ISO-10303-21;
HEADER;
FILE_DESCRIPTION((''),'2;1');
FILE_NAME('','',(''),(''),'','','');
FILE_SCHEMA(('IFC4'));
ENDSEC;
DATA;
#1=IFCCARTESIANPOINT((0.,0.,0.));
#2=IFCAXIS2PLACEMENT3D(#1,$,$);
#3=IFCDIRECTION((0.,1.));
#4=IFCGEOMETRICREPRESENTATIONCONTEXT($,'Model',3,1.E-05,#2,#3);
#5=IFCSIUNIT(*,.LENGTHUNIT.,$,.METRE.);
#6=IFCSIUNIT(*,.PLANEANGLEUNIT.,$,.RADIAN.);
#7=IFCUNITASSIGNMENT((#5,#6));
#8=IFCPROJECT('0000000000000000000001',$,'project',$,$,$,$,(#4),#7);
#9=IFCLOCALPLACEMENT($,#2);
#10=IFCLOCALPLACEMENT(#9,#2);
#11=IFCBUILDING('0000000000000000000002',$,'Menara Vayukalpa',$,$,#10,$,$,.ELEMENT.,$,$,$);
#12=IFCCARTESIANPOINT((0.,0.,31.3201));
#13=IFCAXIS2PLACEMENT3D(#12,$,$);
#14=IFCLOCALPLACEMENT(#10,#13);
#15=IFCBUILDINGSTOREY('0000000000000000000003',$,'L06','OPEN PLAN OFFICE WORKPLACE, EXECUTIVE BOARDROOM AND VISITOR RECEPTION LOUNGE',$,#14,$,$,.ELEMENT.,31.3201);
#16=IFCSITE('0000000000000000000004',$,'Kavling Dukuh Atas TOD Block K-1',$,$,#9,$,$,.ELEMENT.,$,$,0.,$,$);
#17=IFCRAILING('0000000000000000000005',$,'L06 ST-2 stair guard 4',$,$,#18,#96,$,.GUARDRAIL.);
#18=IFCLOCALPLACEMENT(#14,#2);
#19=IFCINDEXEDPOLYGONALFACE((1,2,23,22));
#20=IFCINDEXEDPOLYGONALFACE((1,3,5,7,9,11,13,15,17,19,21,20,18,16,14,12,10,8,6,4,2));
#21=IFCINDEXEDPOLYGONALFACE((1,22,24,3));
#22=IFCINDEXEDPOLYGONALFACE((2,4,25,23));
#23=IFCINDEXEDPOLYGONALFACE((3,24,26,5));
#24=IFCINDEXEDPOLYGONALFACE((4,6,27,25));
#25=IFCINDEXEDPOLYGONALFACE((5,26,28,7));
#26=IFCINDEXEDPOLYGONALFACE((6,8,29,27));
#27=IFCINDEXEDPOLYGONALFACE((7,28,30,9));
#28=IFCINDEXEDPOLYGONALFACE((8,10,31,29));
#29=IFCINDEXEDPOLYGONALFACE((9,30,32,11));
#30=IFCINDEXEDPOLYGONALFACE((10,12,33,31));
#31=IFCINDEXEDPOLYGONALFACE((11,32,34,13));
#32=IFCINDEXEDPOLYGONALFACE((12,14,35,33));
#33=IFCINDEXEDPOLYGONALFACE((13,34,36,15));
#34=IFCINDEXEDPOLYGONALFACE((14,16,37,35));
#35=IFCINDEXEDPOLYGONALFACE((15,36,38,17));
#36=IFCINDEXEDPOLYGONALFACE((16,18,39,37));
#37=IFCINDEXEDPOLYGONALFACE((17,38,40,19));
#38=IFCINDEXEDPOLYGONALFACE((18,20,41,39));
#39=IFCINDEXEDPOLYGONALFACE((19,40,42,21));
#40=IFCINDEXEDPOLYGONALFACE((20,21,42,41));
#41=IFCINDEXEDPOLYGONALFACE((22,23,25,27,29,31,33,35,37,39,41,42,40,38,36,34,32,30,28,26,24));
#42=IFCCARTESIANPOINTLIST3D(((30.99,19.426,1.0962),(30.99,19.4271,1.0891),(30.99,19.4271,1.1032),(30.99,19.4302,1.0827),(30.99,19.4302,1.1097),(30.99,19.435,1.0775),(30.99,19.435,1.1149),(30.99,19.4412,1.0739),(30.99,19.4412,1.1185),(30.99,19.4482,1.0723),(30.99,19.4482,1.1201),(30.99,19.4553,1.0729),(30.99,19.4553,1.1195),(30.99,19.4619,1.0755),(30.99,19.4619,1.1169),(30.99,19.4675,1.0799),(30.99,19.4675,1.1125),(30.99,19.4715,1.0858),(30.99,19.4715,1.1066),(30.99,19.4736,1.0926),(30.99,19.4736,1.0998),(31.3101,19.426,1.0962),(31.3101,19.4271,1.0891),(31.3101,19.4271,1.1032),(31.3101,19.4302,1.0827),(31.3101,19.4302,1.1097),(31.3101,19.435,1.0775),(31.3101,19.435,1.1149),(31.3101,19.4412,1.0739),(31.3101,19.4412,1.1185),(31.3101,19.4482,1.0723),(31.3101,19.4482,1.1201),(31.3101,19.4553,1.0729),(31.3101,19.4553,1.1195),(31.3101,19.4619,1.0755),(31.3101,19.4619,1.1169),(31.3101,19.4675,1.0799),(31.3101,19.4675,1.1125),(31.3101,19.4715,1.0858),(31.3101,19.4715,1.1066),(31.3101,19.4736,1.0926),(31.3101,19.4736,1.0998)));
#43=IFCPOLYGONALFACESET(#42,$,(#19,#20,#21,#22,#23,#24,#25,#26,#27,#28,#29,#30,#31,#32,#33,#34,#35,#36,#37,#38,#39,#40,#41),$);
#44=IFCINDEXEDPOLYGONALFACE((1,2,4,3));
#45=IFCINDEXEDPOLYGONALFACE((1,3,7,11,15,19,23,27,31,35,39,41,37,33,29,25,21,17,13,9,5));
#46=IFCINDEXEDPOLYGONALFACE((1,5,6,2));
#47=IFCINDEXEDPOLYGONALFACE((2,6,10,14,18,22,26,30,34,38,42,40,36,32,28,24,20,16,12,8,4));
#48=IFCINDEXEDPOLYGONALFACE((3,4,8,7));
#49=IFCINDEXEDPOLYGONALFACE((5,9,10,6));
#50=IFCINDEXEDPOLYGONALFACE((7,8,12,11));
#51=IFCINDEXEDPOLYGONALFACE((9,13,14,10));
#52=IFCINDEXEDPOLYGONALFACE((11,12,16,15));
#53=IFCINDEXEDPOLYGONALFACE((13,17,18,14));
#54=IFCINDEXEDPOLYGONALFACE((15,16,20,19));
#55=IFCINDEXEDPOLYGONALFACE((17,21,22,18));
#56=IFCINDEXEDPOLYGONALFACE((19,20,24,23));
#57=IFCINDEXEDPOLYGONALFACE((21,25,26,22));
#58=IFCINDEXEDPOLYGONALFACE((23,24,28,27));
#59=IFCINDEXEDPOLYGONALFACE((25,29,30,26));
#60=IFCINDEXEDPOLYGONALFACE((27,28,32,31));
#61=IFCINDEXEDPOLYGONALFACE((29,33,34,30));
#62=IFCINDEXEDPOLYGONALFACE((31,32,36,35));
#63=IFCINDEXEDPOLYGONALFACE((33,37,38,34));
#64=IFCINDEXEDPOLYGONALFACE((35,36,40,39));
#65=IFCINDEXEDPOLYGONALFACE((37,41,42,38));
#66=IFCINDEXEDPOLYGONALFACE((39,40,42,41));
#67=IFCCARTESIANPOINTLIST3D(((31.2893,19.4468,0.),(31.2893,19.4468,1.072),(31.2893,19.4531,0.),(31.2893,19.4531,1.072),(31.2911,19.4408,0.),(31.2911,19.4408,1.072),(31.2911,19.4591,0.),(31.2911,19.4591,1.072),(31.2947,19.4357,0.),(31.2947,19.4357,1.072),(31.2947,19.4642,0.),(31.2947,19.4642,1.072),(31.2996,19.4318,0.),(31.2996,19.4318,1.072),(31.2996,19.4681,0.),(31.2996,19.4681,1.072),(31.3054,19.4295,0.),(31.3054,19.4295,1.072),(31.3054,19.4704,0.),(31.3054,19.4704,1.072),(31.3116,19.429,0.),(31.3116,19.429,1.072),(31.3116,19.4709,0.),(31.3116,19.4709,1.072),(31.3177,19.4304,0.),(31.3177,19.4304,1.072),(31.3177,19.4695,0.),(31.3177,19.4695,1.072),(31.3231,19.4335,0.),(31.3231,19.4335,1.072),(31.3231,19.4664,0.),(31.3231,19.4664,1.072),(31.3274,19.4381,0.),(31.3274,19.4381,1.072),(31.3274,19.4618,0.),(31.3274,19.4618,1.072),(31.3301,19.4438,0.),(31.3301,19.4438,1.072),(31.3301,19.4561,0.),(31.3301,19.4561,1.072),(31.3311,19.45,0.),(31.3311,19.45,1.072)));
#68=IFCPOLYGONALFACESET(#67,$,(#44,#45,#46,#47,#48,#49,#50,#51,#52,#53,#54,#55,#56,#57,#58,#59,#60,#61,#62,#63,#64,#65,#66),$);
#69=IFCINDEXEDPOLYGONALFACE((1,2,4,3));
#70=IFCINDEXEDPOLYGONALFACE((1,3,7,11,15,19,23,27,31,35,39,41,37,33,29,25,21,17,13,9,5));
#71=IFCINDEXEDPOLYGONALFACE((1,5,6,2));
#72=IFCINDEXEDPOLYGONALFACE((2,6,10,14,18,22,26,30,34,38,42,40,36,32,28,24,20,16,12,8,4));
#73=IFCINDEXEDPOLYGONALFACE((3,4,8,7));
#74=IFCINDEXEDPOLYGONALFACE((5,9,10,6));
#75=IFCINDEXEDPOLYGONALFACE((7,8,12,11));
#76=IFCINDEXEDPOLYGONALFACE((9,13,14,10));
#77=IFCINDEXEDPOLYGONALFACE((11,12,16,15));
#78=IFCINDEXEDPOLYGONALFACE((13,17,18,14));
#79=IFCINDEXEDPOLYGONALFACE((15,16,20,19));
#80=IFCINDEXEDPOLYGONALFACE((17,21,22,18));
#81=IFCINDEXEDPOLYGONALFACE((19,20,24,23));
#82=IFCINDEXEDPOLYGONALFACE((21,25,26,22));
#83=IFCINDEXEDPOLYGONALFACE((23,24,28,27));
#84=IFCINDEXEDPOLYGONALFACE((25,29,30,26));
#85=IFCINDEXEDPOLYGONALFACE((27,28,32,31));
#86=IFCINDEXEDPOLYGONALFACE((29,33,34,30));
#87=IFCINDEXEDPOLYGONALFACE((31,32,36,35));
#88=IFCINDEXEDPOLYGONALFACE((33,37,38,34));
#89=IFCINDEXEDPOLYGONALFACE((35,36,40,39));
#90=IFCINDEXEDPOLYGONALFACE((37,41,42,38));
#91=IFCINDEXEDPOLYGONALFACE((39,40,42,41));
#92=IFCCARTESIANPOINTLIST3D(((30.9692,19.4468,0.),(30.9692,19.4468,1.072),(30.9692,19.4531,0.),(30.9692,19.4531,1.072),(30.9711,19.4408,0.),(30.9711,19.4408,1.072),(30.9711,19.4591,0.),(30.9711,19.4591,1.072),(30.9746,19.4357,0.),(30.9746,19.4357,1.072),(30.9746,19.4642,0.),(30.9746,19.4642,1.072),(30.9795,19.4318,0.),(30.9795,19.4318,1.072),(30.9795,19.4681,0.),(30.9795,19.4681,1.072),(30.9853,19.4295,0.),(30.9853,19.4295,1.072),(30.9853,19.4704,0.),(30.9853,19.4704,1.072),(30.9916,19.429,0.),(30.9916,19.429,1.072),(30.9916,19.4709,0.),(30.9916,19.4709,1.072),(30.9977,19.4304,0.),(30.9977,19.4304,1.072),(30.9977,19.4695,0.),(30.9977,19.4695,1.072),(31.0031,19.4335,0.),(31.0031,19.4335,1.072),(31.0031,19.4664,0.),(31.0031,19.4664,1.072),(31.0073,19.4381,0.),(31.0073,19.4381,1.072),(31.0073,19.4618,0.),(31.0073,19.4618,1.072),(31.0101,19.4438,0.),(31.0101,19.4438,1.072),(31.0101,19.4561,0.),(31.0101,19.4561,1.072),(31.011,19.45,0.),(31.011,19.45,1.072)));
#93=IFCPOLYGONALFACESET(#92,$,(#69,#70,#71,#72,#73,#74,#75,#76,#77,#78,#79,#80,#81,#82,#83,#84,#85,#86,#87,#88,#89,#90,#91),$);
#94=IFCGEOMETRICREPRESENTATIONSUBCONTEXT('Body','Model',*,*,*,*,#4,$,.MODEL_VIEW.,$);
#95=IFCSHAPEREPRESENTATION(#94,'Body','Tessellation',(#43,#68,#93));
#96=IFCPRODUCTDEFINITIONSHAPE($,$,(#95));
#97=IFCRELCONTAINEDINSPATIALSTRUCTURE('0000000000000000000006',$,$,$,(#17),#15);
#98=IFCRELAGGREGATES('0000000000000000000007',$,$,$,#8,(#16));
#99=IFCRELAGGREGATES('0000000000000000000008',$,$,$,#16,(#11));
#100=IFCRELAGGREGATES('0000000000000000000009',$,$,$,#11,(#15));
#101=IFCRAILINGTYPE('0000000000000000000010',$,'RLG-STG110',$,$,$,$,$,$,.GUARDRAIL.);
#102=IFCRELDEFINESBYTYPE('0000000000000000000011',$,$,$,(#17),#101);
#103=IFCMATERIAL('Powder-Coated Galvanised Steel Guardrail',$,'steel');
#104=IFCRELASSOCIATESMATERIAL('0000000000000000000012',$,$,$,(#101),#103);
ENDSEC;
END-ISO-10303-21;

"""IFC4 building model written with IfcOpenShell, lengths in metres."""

from ifc_helpers import new_model, si_unit, direction, frame, origin, origin_2d, place, context, subcontext, project, spatial, circle, extrude, material, type_object, element, save


model = new_model("IFC4")

# Units and contexts
model_context = context("Model", 3, precision=1e-05, world=origin(), true_north=direction((0.0, 1.0)))
body_context = subcontext(model_context, "Body", "Model", "MODEL_VIEW")
ifc_project = project(units=[si_unit("LENGTHUNIT", "METRE"), si_unit("PLANEANGLEUNIT", "RADIAN")], contexts=[model_context])

# Site, building, storey
site_placement = place(None, origin())
site = spatial("IfcSite", under=ifc_project, at=site_placement, Name="Kavling Dukuh Atas TOD Block K-1", CompositionType="ELEMENT", RefElevation=0.0)
building_placement = place(site_placement, origin())
building = spatial("IfcBuilding", under=site, at=building_placement, Name="Menara Vayukalpa", CompositionType="ELEMENT")
storey_placement = place(building_placement, frame((0.0, 0.0, 31.3201)))
storey = spatial("IfcBuildingStorey", under=building, at=storey_placement, Name="L06", Description="OPEN PLAN OFFICE WORKPLACE, EXECUTIVE BOARDROOM AND VISITOR RECEPTION LOUNGE", CompositionType="ELEMENT", Elevation=31.3201)

# Railing
ifc_material_1 = material(Name="Powder-Coated Galvanised Steel Guardrail", Category="steel")
railing_type_1 = type_object("IfcRailingType", Name="RLG-STG110", PredefinedType="GUARDRAIL", material=ifc_material_1)
railing_1_placement = place(storey_placement, frame((31.3101, 19.45, 0.0)))
element("IfcRailing", 1, at=railing_1_placement, inside=storey, type_object=railing_type_1, Name="L06 ST-2 stair guard 4", PredefinedType="GUARDRAIL", context=body_context, shape_type="SweptSolid", body=[
    extrude(circle(Radius=0.0239, at=origin_2d()), frame((0.0, 0.0, 1.0962), z_axis=(-1.0, 0.0, 0.0), x_axis=(0.0, -1.0, 0.0)), (0.0, 0.0, 1.0), 0.3201),
    extrude(circle(Radius=0.021, at=origin_2d()), origin(), (0.0, 0.0, 1.0), 1.072),
    extrude(circle(Radius=0.021, at=origin_2d()), frame((-0.3201, 0.0, 0.0)), (0.0, 0.0, 1.0), 1.072),
])

save(model, "model.ifc")
